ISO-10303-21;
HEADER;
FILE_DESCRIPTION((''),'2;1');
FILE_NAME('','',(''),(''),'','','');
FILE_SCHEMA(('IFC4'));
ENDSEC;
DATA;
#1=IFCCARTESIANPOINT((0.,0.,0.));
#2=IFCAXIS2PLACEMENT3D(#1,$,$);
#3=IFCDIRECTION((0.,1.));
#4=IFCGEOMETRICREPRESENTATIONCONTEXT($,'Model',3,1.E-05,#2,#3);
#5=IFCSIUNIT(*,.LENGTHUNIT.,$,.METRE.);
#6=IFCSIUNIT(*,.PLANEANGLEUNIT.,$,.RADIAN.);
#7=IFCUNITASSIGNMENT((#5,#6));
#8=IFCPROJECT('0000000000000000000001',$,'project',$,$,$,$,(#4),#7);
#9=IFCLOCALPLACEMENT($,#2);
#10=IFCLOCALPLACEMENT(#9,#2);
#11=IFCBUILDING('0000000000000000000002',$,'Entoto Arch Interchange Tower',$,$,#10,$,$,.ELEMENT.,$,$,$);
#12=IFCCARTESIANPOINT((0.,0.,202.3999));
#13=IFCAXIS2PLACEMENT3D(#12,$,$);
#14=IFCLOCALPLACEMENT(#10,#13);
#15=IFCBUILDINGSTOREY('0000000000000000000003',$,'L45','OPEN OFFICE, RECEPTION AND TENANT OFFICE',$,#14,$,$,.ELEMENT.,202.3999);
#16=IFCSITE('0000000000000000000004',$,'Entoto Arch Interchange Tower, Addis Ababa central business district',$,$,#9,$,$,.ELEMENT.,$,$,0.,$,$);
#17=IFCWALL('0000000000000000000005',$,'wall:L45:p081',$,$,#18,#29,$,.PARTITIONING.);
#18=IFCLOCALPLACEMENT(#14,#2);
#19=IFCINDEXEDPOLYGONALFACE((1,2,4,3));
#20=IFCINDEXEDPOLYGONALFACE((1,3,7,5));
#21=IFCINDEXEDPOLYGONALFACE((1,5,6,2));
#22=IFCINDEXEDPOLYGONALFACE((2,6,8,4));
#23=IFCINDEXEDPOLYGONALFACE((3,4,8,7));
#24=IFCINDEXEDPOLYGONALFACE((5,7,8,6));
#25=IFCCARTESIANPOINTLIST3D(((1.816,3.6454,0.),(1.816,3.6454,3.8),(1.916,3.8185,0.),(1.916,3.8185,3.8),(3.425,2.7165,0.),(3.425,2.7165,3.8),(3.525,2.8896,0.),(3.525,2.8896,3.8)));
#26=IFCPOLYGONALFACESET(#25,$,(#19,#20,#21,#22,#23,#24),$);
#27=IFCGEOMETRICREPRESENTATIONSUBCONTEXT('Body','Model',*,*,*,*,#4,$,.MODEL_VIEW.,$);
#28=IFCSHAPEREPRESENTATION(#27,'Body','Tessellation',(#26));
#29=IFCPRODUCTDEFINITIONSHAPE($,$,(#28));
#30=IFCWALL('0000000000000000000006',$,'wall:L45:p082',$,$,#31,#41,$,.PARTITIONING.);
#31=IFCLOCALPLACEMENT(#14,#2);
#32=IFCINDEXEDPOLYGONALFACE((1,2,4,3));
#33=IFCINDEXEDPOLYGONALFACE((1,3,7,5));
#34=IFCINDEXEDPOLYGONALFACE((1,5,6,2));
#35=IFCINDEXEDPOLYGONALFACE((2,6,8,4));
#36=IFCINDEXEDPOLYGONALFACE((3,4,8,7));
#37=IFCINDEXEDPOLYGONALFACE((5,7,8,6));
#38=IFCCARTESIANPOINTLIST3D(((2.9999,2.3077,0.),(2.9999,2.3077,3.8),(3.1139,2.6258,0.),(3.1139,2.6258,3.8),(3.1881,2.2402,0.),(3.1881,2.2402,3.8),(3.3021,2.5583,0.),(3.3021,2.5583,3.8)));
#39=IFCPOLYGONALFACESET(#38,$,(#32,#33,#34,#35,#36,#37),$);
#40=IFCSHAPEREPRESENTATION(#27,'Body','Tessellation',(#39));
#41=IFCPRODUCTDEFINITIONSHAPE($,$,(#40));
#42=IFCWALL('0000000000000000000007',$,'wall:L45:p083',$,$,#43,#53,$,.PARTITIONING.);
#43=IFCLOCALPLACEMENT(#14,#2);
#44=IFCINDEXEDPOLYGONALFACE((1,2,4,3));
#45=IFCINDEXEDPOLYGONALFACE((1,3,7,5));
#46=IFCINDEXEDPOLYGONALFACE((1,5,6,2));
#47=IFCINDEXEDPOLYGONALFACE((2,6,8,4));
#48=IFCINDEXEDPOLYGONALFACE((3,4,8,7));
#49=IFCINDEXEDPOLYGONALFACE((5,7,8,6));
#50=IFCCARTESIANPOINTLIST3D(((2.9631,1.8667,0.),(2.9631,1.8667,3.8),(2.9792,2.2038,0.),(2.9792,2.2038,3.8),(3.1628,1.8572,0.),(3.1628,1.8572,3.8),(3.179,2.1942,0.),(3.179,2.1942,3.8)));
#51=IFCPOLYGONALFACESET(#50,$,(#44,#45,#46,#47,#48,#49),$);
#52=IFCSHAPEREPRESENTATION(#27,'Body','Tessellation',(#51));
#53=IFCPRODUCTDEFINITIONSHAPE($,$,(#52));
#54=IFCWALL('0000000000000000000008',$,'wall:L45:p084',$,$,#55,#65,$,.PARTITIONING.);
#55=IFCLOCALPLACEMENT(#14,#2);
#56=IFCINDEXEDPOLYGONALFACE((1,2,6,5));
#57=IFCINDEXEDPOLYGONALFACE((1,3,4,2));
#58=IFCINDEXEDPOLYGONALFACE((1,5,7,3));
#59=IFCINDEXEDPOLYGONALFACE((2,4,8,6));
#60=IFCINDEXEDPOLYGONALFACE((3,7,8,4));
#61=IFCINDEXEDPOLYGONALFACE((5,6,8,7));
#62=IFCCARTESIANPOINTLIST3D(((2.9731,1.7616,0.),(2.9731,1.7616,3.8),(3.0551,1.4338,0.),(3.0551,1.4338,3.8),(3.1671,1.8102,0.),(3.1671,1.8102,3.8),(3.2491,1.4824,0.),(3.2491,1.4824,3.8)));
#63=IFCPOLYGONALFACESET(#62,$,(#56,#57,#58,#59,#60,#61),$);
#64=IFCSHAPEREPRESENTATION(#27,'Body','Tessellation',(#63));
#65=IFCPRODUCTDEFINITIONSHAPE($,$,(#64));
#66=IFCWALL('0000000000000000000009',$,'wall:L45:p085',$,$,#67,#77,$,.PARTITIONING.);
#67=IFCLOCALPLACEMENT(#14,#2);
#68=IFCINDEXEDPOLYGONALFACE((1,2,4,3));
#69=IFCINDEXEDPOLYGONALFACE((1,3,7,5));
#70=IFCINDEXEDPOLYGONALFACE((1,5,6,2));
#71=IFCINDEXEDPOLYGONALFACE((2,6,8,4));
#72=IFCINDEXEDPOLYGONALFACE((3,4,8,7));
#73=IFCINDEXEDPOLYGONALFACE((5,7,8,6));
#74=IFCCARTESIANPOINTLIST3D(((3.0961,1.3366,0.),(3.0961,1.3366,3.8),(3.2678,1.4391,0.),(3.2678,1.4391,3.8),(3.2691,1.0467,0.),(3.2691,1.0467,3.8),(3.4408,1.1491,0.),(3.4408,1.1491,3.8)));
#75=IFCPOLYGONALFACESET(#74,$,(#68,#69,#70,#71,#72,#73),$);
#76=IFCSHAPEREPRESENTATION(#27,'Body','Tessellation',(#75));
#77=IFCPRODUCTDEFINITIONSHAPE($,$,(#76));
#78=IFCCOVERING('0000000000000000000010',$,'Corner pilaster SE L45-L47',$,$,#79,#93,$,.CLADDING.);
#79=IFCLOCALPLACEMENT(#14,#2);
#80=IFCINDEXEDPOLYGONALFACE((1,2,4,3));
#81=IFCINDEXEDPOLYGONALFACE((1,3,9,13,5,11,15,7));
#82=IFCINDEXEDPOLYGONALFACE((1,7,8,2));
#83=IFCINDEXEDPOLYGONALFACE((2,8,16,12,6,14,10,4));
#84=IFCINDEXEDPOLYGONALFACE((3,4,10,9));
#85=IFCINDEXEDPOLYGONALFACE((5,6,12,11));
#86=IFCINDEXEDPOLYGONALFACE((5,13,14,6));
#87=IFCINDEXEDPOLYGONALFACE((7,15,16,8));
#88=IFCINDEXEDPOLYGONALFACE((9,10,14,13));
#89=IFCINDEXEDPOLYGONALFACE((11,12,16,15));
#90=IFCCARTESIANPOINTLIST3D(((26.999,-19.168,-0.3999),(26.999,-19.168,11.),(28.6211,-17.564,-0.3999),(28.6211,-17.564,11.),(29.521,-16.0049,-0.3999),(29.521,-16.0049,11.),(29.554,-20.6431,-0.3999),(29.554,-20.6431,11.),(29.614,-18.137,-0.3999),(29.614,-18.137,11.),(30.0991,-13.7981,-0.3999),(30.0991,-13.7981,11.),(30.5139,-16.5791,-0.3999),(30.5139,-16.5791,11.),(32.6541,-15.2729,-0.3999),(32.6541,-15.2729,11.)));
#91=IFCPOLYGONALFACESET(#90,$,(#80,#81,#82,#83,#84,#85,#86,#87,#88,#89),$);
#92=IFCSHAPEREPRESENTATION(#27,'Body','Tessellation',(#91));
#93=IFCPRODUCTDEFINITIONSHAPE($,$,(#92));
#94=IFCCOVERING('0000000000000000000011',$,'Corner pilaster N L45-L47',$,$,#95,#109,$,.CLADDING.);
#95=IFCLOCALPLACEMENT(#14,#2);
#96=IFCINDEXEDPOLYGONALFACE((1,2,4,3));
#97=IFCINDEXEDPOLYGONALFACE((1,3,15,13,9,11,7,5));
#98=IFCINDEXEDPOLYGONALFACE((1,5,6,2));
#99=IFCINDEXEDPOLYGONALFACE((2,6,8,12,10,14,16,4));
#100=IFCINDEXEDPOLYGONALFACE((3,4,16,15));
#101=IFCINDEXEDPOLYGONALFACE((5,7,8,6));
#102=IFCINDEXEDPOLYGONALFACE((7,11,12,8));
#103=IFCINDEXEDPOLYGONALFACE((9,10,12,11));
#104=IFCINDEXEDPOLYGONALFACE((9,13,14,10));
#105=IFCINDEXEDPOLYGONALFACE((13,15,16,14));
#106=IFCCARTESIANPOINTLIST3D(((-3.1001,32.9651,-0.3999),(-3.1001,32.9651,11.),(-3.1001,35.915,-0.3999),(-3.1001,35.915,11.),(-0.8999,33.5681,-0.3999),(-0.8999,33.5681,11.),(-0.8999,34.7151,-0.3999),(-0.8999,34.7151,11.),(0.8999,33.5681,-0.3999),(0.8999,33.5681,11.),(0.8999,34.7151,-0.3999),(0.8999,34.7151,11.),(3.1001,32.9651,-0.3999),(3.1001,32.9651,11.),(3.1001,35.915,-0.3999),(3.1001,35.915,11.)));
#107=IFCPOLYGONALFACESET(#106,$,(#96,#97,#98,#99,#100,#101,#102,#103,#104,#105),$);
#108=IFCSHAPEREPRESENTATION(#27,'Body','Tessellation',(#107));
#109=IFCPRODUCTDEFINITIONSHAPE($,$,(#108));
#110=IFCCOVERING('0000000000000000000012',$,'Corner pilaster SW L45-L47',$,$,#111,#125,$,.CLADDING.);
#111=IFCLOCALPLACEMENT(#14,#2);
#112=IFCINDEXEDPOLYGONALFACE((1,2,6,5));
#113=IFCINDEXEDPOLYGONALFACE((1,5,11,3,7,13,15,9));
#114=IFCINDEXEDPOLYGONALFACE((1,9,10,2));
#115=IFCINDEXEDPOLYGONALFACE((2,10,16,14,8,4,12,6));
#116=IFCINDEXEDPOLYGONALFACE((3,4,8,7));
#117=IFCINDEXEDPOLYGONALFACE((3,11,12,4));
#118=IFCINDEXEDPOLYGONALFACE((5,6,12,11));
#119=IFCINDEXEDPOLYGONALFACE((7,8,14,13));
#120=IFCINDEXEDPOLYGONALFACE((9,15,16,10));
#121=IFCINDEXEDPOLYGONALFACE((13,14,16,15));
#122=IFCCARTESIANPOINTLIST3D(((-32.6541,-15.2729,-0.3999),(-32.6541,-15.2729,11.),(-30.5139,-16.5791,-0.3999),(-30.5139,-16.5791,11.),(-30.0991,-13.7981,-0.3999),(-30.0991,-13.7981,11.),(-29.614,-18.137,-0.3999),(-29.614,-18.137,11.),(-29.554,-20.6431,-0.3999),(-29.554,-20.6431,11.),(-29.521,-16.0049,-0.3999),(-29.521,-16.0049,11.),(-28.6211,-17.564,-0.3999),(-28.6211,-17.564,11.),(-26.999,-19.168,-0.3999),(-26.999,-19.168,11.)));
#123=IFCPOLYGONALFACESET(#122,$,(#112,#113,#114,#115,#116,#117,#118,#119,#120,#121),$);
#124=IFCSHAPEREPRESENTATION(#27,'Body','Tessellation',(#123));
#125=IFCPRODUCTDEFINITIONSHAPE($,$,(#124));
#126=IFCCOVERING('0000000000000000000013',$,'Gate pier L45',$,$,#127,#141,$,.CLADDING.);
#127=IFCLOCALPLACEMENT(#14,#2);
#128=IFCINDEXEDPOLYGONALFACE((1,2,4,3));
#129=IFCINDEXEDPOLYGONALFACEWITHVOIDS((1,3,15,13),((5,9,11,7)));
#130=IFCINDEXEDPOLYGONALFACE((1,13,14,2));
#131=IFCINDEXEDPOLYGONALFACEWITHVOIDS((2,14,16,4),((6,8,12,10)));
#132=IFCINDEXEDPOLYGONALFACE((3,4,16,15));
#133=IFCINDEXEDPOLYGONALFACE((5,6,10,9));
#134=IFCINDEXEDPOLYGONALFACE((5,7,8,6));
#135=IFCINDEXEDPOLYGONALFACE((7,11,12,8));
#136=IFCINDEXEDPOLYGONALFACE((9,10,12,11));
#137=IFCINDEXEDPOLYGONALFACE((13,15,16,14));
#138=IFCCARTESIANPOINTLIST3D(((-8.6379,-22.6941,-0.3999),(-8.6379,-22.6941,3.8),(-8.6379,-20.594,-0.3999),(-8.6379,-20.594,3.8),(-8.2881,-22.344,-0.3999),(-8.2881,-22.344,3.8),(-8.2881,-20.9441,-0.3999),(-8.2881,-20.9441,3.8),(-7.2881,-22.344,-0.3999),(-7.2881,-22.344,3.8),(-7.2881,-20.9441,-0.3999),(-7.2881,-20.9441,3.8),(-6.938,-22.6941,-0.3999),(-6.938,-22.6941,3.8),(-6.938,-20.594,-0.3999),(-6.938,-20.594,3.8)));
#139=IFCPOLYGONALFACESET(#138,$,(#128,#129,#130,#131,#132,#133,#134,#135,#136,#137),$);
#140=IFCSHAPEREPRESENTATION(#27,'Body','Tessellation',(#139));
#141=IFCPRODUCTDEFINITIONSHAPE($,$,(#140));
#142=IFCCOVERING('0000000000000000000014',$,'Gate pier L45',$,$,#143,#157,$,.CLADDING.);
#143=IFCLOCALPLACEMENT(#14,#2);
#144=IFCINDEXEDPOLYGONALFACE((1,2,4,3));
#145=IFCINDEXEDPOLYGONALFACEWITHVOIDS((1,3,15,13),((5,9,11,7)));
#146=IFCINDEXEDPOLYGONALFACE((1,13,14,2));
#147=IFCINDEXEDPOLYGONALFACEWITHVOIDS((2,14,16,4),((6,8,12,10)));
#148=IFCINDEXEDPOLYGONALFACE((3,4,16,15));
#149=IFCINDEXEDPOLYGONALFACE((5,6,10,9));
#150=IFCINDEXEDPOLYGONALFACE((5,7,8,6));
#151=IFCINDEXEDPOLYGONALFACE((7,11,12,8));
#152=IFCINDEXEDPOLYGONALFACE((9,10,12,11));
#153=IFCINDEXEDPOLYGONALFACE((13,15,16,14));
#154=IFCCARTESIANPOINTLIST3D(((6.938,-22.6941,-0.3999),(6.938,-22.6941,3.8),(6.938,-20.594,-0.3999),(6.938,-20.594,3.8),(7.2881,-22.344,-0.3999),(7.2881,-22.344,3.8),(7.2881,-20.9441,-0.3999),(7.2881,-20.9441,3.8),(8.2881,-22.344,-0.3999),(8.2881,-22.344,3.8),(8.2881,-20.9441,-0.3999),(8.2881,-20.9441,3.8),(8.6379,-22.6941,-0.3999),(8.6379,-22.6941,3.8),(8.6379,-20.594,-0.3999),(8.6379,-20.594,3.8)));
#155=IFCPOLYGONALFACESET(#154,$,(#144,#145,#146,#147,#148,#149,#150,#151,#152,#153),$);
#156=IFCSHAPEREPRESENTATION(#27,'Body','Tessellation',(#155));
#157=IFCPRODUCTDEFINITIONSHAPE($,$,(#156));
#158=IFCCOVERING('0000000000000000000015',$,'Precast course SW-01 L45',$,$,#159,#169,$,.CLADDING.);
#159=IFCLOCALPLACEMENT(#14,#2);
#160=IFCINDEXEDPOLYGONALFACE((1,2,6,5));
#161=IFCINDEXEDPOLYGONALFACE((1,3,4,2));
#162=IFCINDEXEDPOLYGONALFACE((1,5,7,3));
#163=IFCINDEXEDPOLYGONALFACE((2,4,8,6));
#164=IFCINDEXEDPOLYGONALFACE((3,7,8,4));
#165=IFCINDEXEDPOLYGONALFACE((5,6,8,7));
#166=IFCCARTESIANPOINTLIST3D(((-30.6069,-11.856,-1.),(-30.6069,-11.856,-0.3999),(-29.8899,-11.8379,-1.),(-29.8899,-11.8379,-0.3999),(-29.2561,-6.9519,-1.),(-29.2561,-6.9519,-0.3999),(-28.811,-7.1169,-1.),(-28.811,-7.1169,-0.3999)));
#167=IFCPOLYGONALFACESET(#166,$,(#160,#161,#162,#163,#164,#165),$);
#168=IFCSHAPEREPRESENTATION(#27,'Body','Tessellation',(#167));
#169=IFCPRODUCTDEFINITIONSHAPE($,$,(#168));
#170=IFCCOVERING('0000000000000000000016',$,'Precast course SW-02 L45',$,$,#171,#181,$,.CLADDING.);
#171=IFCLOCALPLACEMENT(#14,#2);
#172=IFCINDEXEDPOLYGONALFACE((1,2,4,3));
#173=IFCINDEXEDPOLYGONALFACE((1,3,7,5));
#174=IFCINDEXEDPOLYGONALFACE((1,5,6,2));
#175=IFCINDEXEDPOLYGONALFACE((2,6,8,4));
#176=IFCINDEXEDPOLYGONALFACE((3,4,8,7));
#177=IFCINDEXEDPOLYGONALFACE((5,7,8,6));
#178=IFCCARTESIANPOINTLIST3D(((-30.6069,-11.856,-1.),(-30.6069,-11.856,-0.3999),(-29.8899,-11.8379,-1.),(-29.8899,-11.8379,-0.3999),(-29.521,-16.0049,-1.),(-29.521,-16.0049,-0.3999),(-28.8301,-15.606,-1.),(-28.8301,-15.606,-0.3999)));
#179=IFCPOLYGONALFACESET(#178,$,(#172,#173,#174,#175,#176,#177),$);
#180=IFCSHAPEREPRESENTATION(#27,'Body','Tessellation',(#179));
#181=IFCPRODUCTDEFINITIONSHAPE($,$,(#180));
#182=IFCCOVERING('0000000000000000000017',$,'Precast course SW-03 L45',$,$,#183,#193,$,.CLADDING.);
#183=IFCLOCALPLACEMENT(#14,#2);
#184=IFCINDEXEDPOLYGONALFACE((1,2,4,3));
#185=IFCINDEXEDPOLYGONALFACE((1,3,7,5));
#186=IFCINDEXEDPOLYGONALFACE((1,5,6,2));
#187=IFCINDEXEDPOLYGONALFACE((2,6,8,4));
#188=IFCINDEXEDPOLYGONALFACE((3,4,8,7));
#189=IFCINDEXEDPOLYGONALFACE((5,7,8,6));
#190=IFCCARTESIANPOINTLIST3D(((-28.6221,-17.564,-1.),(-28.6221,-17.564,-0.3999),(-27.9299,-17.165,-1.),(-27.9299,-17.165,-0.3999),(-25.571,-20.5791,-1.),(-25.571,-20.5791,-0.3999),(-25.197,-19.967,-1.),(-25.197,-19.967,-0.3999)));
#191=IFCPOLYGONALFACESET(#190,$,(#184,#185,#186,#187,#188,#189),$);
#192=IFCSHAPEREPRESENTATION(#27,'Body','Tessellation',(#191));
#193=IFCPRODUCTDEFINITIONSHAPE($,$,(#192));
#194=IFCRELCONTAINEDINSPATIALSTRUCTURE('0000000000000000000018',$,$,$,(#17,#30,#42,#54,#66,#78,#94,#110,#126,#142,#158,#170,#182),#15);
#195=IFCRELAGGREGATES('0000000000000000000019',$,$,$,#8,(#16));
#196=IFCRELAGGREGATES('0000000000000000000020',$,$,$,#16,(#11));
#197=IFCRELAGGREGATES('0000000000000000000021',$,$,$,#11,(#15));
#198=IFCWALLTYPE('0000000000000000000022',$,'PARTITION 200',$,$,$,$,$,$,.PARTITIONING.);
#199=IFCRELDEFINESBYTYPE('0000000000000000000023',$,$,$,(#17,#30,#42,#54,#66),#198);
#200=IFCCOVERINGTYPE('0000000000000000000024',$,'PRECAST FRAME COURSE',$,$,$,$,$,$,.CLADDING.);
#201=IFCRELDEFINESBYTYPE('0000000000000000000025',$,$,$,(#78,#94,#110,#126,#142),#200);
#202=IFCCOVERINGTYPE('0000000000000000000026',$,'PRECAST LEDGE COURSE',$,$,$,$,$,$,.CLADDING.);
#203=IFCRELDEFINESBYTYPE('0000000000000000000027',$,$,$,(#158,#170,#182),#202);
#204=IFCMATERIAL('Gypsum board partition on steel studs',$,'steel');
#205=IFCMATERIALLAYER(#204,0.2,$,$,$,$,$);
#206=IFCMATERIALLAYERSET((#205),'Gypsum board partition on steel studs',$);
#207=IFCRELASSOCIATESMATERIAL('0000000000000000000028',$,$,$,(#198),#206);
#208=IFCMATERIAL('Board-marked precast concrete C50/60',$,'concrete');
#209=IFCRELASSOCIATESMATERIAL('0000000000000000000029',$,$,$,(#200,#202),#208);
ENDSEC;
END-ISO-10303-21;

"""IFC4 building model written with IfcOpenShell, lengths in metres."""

from ifc_helpers import new_model, si_unit, direction, frame, frame_2d, origin, place, context, subcontext, project, spatial, polyline, rectangle, outline, extrude, material, layer, layer_set, type_object, element, save


model = new_model("IFC4")

# Units and contexts
model_context = context("Model", 3, precision=1e-05, world=origin(), true_north=direction((0.0, 1.0)))
body_context = subcontext(model_context, "Body", "Model", "MODEL_VIEW")
ifc_project = project(units=[si_unit("LENGTHUNIT", "METRE"), si_unit("PLANEANGLEUNIT", "RADIAN")], contexts=[model_context])

# Site, building, storey
site_placement = place(None, origin())
site = spatial("IfcSite", under=ifc_project, at=site_placement, Name="Entoto Arch Interchange Tower, Addis Ababa central business district", CompositionType="ELEMENT", RefElevation=0.0)
building_placement = place(site_placement, origin())
building = spatial("IfcBuilding", under=site, at=building_placement, Name="Entoto Arch Interchange Tower", CompositionType="ELEMENT")
storey_placement = place(building_placement, frame((0.0, 0.0, 202.3999)))
storey = spatial("IfcBuildingStorey", under=building, at=storey_placement, Name="L45", Description="OPEN OFFICE, RECEPTION AND TENANT OFFICE", CompositionType="ELEMENT", Elevation=202.3999)

# Shared definitions
ifc_material_1 = material(Name="Board-marked precast concrete C50/60", Category="concrete")

# Shared definitions
ifc_material_2 = material(Name="Gypsum board partition on steel studs", Category="steel")
ifc_layer_1 = layer(ifc_material_2, 0.2)
ifc_layer_set_1 = layer_set([ifc_layer_1], Name="Gypsum board partition on steel studs")
wall_type = type_object("IfcWallType", Name="PARTITION 200", PredefinedType="PARTITIONING", material=ifc_layer_set_1)

# Walls
wall_1_placement = place(storey_placement, frame((1.866, 3.7319, 0.0), z_axis=(0.0, 0.0, 1.0), x_axis=(0.866043, -0.499969, 0.0)))
element("IfcWall", 1, at=wall_1_placement, inside=storey, type_object=wall_type, Name="wall:L45:p081", PredefinedType="PARTITIONING", context=body_context, shape_type="SweptSolid", body=[
    extrude(rectangle(XDim=1.8579, YDim=0.2, at=frame_2d((0.929, 0.0))), origin(), (0.0, 0.0, 1.0), 3.8),
])
wall_2_placement = place(storey_placement, frame((3.208, 2.592, 0.0), z_axis=(0.0, 0.0, 1.0), x_axis=(-0.337389, -0.941365, 0.0)))
element("IfcWall", 2, at=wall_2_placement, inside=storey, type_object=wall_type, Name="wall:L45:p082", PredefinedType="PARTITIONING", context=body_context, shape_type="SweptSolid", body=[
    extrude(rectangle(XDim=0.3379, YDim=0.2, at=frame_2d((0.1689, 0.0))), origin(), (0.0, 0.0, 1.0), 3.8),
])
wall_3_placement = place(storey_placement, frame((3.0791, 2.199, 0.0), z_axis=(0.0, 0.0, 1.0), x_axis=(-0.047771, -0.998858, 0.0)))
element("IfcWall", 3, at=wall_3_placement, inside=storey, type_object=wall_type, Name="wall:L45:p083", PredefinedType="PARTITIONING", context=body_context, shape_type="SweptSolid", body=[
    extrude(rectangle(XDim=0.3374, YDim=0.2, at=frame_2d((0.1687, 0.0))), origin(), (0.0, 0.0, 1.0), 3.8),
])
wall_4_placement = place(storey_placement, frame((3.0701, 1.7859, 0.0), z_axis=(0.0, 0.0, 1.0), x_axis=(0.242706, -0.9701, 0.0)))
element("IfcWall", 4, at=wall_4_placement, inside=storey, type_object=wall_type, Name="wall:L45:p084", PredefinedType="PARTITIONING", context=body_context, shape_type="SweptSolid", body=[
    extrude(rectangle(XDim=0.3379, YDim=0.2, at=frame_2d((0.1689, 0.0))), origin(), (0.0, 0.0, 1.0), 3.8),
])
wall_5_placement = place(storey_placement, frame((3.1819, 1.3879, 0.0), z_axis=(0.0, 0.0, 1.0), x_axis=(0.512475, -0.858702, 0.0)))
element("IfcWall", 5, at=wall_5_placement, inside=storey, type_object=wall_type, Name="wall:L45:p085", PredefinedType="PARTITIONING", context=body_context, shape_type="SweptSolid", body=[
    extrude(rectangle(XDim=0.3376, YDim=0.2, at=frame_2d((0.1689, 0.0))), origin(), (0.0, 0.0, 1.0), 3.8),
])

# Coverings
covering_type_1 = type_object("IfcCoveringType", Name="PRECAST FRAME COURSE", PredefinedType="CLADDING", material=ifc_material_1)
covering_1_placement = place(storey_placement, frame((0.0, 0.0, -0.3999)))
element("IfcCovering", 6, at=covering_1_placement, inside=storey, type_object=covering_type_1, Name="Corner pilaster SE L45-L47", PredefinedType="CLADDING", context=body_context, shape_type="SweptSolid", body=[
    extrude(outline(polyline([(32.6541, -15.2729), (29.554, -20.6431), (26.999, -19.168), (28.6211, -17.564), (29.614, -18.137), (30.5139, -16.5791), (29.521, -16.0049), (30.0991, -13.7981), (32.6541, -15.2729)])), origin(), (0.0, 0.0, 1.0), 11.3999),
])
covering_2_placement = place(storey_placement, frame((0.0, 0.0, -0.3999)))
element("IfcCovering", 7, at=covering_2_placement, inside=storey, type_object=covering_type_1, Name="Corner pilaster N L45-L47", PredefinedType="CLADDING", context=body_context, shape_type="SweptSolid", body=[
    extrude(outline(polyline([(-3.1001, 35.915), (3.1001, 35.915), (3.1001, 32.9651), (0.8999, 33.5681), (0.8999, 34.7151), (-0.8999, 34.7151), (-0.8999, 33.5681), (-3.1001, 32.9651), (-3.1001, 35.915)])), origin(), (0.0, 0.0, 1.0), 11.3999),
])
covering_3_placement = place(storey_placement, frame((0.0, 0.0, -0.3999)))
element("IfcCovering", 8, at=covering_3_placement, inside=storey, type_object=covering_type_1, Name="Corner pilaster SW L45-L47", PredefinedType="CLADDING", context=body_context, shape_type="SweptSolid", body=[
    extrude(outline(polyline([(-29.554, -20.6431), (-32.6541, -15.2729), (-30.0991, -13.7981), (-29.521, -16.0049), (-30.5139, -16.5791), (-29.614, -18.137), (-28.6211, -17.564), (-26.999, -19.168), (-29.554, -20.6431)])), origin(), (0.0, 0.0, 1.0), 11.3999),
])
covering_4_placement = place(storey_placement, frame((0.0, 0.0, -0.3999)))
element("IfcCovering", 9, at=covering_4_placement, inside=storey, type_object=covering_type_1, Name="Gate pier L45", PredefinedType="CLADDING", context=body_context, shape_type="SweptSolid", body=[
    extrude(outline(polyline([(-8.6379, -20.594), (-6.938, -20.594), (-6.938, -22.6941), (-8.6379, -22.6941), (-8.6379, -20.594)]), holes=[polyline([(-8.2881, -20.9441), (-8.2881, -22.344), (-7.2881, -22.344), (-7.2881, -20.9441), (-8.2881, -20.9441)])]), origin(), (0.0, 0.0, 1.0), 4.2),
])
covering_5_placement = place(storey_placement, frame((0.0, 0.0, -0.3999)))
element("IfcCovering", 10, at=covering_5_placement, inside=storey, type_object=covering_type_1, Name="Gate pier L45", PredefinedType="CLADDING", context=body_context, shape_type="SweptSolid", body=[
    extrude(outline(polyline([(6.938, -20.594), (8.6379, -20.594), (8.6379, -22.6941), (6.938, -22.6941), (6.938, -20.594)]), holes=[polyline([(7.2881, -20.9441), (7.2881, -22.344), (8.2881, -22.344), (8.2881, -20.9441), (7.2881, -20.9441)])]), origin(), (0.0, 0.0, 1.0), 4.2),
])
covering_type_2 = type_object("IfcCoveringType", Name="PRECAST LEDGE COURSE", PredefinedType="CLADDING", material=ifc_material_1)
covering_6_placement = place(storey_placement, frame((0.0, 0.0, -1.0)))
element("IfcCovering", 11, at=covering_6_placement, inside=storey, type_object=covering_type_2, Name="Precast course SW-01 L45", PredefinedType="CLADDING", context=body_context, shape_type="SweptSolid", body=[
    extrude(outline(polyline([(-29.8899, -11.8379), (-30.6069, -11.856), (-29.2561, -6.9519), (-28.811, -7.1169), (-29.8899, -11.8379)])), origin(), (0.0, 0.0, 1.0), 0.6001),
])
covering_7_placement = place(storey_placement, frame((0.0, 0.0, -1.0)))
element("IfcCovering", 12, at=covering_7_placement, inside=storey, type_object=covering_type_2, Name="Precast course SW-02 L45", PredefinedType="CLADDING", context=body_context, shape_type="SweptSolid", body=[
    extrude(outline(polyline([(-28.8301, -15.606), (-29.521, -16.0049), (-30.6069, -11.856), (-29.8899, -11.8379), (-28.8301, -15.606)])), origin(), (0.0, 0.0, 1.0), 0.6001),
])
covering_8_placement = place(storey_placement, frame((0.0, 0.0, -1.0)))
element("IfcCovering", 13, at=covering_8_placement, inside=storey, type_object=covering_type_2, Name="Precast course SW-03 L45", PredefinedType="CLADDING", context=body_context, shape_type="SweptSolid", body=[
    extrude(outline(polyline([(-25.197, -19.967), (-25.571, -20.5791), (-28.6221, -17.564), (-27.9299, -17.165), (-25.197, -19.967)])), origin(), (0.0, 0.0, 1.0), 0.6001),
])

save(model, "model.ifc")
